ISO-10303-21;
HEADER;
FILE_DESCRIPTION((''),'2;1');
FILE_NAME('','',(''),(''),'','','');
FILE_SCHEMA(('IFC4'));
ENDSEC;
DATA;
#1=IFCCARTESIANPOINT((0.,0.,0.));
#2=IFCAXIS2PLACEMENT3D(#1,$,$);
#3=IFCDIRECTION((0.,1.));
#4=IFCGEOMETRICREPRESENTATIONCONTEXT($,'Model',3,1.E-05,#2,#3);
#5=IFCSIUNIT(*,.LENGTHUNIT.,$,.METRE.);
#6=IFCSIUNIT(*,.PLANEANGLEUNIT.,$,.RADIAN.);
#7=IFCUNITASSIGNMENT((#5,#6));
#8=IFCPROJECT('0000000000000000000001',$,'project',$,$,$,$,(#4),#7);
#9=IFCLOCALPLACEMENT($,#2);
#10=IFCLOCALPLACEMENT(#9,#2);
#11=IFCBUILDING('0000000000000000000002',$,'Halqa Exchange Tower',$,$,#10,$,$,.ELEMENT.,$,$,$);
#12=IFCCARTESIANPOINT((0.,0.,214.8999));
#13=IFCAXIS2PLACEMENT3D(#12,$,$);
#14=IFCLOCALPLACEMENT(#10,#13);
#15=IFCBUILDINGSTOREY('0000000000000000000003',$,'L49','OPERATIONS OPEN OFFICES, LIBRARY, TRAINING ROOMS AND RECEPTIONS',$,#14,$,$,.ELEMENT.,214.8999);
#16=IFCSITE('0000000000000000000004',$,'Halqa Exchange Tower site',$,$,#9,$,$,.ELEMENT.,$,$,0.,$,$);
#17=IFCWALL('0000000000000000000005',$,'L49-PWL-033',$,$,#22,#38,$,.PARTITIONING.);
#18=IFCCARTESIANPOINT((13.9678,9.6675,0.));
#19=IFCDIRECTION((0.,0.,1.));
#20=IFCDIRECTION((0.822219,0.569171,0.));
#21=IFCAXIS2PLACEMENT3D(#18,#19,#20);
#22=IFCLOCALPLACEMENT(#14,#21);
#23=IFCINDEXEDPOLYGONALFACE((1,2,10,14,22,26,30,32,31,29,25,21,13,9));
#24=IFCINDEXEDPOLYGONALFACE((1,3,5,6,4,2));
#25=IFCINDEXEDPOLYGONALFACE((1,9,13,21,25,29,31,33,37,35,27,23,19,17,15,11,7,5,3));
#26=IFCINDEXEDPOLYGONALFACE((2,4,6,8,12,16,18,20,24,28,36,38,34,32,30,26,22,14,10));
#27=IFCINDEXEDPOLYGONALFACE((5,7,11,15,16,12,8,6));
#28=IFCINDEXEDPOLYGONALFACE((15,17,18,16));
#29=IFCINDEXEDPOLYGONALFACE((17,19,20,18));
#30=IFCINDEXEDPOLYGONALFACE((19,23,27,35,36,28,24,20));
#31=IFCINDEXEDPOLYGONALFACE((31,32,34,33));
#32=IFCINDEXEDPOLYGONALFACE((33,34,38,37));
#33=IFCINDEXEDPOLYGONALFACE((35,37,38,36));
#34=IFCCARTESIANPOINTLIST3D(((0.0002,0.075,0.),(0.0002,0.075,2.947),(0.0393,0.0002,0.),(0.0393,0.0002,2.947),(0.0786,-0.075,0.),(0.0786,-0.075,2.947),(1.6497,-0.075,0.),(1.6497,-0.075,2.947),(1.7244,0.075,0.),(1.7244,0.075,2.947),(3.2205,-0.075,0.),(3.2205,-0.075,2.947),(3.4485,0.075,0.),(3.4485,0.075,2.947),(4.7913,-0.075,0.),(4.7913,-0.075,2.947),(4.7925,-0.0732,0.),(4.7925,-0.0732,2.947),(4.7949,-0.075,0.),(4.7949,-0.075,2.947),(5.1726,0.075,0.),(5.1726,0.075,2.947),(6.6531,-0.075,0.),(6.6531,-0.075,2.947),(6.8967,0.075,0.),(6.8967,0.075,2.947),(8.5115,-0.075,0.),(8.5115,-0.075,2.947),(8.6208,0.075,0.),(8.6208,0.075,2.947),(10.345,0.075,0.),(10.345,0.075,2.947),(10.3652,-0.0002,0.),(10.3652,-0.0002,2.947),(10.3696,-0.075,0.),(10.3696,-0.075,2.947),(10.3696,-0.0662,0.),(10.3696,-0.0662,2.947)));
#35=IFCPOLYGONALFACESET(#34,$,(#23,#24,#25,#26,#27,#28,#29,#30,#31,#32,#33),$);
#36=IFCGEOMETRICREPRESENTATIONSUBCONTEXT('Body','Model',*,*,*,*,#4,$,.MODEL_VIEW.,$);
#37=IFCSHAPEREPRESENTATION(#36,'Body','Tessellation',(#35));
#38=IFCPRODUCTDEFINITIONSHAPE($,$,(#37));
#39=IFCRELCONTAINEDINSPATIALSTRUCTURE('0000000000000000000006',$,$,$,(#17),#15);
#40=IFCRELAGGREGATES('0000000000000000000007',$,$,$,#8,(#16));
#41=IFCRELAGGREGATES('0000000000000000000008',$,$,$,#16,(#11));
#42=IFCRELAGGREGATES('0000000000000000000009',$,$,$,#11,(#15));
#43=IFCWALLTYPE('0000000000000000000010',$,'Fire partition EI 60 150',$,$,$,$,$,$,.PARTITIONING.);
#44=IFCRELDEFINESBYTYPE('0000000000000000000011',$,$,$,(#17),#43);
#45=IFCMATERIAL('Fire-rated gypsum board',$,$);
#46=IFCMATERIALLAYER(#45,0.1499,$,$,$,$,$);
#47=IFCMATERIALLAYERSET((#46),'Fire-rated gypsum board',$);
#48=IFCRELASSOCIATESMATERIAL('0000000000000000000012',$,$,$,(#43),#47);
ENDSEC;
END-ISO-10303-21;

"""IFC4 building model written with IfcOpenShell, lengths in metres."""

from ifc_helpers import new_model, si_unit, direction, frame, origin, place, context, subcontext, project, spatial, polyline, outline, extrude, material, layer, layer_set, type_object, element, save


model = new_model("IFC4")

# Units and contexts
model_context = context("Model", 3, precision=1e-05, world=origin(), true_north=direction((0.0, 1.0)))
body_context = subcontext(model_context, "Body", "Model", "MODEL_VIEW")
ifc_project = project(units=[si_unit("LENGTHUNIT", "METRE"), si_unit("PLANEANGLEUNIT", "RADIAN")], contexts=[model_context])

# Site, building, storey
site_placement = place(None, origin())
site = spatial("IfcSite", under=ifc_project, at=site_placement, Name="Halqa Exchange Tower site", CompositionType="ELEMENT", RefElevation=0.0)
building_placement = place(site_placement, origin())
building = spatial("IfcBuilding", under=site, at=building_placement, Name="Halqa Exchange Tower", CompositionType="ELEMENT")
storey_placement = place(building_placement, frame((0.0, 0.0, 214.8999)))
storey = spatial("IfcBuildingStorey", under=building, at=storey_placement, Name="L49", Description="OPERATIONS OPEN OFFICES, LIBRARY, TRAINING ROOMS AND RECEPTIONS", CompositionType="ELEMENT", Elevation=214.8999)

# Wall
ifc_material_1 = material(Name="Fire-rated gypsum board")
ifc_layer_1 = layer(ifc_material_1, 0.1499)
ifc_layer_set_1 = layer_set([ifc_layer_1], Name="Fire-rated gypsum board")
wall_type_1 = type_object("IfcWallType", Name="Fire partition EI 60 150", PredefinedType="PARTITIONING", material=ifc_layer_set_1)
wall_1_placement = place(storey_placement, frame((13.9678, 9.6675, 0.0), z_axis=(0.0, 0.0, 1.0), x_axis=(0.822219, 0.569171, 0.0)))
element("IfcWall", 1, at=wall_1_placement, inside=storey, type_object=wall_type_1, Name="L49-PWL-033", PredefinedType="PARTITIONING", context=body_context, shape_type="SweptSolid", body=[
    extrude(outline(polyline([(0.0786, -0.075), (1.6497, -0.075), (3.2205, -0.075), (4.7913, -0.075), (4.7925, -0.0732), (4.7949, -0.075), (6.6531, -0.075), (8.5115, -0.075), (10.3696, -0.075), (10.3696, -0.0662), (10.3652, -0.0002), (10.345, 0.075), (8.6208, 0.075), (6.8967, 0.075), (5.1726, 0.075), (3.4485, 0.075), (1.7244, 0.075), (0.0002, 0.075), (0.0393, 0.0002), (0.0786, -0.075)])), origin(), (0.0, 0.0, 1.0), 2.947),
])

save(model, "model.ifc")
